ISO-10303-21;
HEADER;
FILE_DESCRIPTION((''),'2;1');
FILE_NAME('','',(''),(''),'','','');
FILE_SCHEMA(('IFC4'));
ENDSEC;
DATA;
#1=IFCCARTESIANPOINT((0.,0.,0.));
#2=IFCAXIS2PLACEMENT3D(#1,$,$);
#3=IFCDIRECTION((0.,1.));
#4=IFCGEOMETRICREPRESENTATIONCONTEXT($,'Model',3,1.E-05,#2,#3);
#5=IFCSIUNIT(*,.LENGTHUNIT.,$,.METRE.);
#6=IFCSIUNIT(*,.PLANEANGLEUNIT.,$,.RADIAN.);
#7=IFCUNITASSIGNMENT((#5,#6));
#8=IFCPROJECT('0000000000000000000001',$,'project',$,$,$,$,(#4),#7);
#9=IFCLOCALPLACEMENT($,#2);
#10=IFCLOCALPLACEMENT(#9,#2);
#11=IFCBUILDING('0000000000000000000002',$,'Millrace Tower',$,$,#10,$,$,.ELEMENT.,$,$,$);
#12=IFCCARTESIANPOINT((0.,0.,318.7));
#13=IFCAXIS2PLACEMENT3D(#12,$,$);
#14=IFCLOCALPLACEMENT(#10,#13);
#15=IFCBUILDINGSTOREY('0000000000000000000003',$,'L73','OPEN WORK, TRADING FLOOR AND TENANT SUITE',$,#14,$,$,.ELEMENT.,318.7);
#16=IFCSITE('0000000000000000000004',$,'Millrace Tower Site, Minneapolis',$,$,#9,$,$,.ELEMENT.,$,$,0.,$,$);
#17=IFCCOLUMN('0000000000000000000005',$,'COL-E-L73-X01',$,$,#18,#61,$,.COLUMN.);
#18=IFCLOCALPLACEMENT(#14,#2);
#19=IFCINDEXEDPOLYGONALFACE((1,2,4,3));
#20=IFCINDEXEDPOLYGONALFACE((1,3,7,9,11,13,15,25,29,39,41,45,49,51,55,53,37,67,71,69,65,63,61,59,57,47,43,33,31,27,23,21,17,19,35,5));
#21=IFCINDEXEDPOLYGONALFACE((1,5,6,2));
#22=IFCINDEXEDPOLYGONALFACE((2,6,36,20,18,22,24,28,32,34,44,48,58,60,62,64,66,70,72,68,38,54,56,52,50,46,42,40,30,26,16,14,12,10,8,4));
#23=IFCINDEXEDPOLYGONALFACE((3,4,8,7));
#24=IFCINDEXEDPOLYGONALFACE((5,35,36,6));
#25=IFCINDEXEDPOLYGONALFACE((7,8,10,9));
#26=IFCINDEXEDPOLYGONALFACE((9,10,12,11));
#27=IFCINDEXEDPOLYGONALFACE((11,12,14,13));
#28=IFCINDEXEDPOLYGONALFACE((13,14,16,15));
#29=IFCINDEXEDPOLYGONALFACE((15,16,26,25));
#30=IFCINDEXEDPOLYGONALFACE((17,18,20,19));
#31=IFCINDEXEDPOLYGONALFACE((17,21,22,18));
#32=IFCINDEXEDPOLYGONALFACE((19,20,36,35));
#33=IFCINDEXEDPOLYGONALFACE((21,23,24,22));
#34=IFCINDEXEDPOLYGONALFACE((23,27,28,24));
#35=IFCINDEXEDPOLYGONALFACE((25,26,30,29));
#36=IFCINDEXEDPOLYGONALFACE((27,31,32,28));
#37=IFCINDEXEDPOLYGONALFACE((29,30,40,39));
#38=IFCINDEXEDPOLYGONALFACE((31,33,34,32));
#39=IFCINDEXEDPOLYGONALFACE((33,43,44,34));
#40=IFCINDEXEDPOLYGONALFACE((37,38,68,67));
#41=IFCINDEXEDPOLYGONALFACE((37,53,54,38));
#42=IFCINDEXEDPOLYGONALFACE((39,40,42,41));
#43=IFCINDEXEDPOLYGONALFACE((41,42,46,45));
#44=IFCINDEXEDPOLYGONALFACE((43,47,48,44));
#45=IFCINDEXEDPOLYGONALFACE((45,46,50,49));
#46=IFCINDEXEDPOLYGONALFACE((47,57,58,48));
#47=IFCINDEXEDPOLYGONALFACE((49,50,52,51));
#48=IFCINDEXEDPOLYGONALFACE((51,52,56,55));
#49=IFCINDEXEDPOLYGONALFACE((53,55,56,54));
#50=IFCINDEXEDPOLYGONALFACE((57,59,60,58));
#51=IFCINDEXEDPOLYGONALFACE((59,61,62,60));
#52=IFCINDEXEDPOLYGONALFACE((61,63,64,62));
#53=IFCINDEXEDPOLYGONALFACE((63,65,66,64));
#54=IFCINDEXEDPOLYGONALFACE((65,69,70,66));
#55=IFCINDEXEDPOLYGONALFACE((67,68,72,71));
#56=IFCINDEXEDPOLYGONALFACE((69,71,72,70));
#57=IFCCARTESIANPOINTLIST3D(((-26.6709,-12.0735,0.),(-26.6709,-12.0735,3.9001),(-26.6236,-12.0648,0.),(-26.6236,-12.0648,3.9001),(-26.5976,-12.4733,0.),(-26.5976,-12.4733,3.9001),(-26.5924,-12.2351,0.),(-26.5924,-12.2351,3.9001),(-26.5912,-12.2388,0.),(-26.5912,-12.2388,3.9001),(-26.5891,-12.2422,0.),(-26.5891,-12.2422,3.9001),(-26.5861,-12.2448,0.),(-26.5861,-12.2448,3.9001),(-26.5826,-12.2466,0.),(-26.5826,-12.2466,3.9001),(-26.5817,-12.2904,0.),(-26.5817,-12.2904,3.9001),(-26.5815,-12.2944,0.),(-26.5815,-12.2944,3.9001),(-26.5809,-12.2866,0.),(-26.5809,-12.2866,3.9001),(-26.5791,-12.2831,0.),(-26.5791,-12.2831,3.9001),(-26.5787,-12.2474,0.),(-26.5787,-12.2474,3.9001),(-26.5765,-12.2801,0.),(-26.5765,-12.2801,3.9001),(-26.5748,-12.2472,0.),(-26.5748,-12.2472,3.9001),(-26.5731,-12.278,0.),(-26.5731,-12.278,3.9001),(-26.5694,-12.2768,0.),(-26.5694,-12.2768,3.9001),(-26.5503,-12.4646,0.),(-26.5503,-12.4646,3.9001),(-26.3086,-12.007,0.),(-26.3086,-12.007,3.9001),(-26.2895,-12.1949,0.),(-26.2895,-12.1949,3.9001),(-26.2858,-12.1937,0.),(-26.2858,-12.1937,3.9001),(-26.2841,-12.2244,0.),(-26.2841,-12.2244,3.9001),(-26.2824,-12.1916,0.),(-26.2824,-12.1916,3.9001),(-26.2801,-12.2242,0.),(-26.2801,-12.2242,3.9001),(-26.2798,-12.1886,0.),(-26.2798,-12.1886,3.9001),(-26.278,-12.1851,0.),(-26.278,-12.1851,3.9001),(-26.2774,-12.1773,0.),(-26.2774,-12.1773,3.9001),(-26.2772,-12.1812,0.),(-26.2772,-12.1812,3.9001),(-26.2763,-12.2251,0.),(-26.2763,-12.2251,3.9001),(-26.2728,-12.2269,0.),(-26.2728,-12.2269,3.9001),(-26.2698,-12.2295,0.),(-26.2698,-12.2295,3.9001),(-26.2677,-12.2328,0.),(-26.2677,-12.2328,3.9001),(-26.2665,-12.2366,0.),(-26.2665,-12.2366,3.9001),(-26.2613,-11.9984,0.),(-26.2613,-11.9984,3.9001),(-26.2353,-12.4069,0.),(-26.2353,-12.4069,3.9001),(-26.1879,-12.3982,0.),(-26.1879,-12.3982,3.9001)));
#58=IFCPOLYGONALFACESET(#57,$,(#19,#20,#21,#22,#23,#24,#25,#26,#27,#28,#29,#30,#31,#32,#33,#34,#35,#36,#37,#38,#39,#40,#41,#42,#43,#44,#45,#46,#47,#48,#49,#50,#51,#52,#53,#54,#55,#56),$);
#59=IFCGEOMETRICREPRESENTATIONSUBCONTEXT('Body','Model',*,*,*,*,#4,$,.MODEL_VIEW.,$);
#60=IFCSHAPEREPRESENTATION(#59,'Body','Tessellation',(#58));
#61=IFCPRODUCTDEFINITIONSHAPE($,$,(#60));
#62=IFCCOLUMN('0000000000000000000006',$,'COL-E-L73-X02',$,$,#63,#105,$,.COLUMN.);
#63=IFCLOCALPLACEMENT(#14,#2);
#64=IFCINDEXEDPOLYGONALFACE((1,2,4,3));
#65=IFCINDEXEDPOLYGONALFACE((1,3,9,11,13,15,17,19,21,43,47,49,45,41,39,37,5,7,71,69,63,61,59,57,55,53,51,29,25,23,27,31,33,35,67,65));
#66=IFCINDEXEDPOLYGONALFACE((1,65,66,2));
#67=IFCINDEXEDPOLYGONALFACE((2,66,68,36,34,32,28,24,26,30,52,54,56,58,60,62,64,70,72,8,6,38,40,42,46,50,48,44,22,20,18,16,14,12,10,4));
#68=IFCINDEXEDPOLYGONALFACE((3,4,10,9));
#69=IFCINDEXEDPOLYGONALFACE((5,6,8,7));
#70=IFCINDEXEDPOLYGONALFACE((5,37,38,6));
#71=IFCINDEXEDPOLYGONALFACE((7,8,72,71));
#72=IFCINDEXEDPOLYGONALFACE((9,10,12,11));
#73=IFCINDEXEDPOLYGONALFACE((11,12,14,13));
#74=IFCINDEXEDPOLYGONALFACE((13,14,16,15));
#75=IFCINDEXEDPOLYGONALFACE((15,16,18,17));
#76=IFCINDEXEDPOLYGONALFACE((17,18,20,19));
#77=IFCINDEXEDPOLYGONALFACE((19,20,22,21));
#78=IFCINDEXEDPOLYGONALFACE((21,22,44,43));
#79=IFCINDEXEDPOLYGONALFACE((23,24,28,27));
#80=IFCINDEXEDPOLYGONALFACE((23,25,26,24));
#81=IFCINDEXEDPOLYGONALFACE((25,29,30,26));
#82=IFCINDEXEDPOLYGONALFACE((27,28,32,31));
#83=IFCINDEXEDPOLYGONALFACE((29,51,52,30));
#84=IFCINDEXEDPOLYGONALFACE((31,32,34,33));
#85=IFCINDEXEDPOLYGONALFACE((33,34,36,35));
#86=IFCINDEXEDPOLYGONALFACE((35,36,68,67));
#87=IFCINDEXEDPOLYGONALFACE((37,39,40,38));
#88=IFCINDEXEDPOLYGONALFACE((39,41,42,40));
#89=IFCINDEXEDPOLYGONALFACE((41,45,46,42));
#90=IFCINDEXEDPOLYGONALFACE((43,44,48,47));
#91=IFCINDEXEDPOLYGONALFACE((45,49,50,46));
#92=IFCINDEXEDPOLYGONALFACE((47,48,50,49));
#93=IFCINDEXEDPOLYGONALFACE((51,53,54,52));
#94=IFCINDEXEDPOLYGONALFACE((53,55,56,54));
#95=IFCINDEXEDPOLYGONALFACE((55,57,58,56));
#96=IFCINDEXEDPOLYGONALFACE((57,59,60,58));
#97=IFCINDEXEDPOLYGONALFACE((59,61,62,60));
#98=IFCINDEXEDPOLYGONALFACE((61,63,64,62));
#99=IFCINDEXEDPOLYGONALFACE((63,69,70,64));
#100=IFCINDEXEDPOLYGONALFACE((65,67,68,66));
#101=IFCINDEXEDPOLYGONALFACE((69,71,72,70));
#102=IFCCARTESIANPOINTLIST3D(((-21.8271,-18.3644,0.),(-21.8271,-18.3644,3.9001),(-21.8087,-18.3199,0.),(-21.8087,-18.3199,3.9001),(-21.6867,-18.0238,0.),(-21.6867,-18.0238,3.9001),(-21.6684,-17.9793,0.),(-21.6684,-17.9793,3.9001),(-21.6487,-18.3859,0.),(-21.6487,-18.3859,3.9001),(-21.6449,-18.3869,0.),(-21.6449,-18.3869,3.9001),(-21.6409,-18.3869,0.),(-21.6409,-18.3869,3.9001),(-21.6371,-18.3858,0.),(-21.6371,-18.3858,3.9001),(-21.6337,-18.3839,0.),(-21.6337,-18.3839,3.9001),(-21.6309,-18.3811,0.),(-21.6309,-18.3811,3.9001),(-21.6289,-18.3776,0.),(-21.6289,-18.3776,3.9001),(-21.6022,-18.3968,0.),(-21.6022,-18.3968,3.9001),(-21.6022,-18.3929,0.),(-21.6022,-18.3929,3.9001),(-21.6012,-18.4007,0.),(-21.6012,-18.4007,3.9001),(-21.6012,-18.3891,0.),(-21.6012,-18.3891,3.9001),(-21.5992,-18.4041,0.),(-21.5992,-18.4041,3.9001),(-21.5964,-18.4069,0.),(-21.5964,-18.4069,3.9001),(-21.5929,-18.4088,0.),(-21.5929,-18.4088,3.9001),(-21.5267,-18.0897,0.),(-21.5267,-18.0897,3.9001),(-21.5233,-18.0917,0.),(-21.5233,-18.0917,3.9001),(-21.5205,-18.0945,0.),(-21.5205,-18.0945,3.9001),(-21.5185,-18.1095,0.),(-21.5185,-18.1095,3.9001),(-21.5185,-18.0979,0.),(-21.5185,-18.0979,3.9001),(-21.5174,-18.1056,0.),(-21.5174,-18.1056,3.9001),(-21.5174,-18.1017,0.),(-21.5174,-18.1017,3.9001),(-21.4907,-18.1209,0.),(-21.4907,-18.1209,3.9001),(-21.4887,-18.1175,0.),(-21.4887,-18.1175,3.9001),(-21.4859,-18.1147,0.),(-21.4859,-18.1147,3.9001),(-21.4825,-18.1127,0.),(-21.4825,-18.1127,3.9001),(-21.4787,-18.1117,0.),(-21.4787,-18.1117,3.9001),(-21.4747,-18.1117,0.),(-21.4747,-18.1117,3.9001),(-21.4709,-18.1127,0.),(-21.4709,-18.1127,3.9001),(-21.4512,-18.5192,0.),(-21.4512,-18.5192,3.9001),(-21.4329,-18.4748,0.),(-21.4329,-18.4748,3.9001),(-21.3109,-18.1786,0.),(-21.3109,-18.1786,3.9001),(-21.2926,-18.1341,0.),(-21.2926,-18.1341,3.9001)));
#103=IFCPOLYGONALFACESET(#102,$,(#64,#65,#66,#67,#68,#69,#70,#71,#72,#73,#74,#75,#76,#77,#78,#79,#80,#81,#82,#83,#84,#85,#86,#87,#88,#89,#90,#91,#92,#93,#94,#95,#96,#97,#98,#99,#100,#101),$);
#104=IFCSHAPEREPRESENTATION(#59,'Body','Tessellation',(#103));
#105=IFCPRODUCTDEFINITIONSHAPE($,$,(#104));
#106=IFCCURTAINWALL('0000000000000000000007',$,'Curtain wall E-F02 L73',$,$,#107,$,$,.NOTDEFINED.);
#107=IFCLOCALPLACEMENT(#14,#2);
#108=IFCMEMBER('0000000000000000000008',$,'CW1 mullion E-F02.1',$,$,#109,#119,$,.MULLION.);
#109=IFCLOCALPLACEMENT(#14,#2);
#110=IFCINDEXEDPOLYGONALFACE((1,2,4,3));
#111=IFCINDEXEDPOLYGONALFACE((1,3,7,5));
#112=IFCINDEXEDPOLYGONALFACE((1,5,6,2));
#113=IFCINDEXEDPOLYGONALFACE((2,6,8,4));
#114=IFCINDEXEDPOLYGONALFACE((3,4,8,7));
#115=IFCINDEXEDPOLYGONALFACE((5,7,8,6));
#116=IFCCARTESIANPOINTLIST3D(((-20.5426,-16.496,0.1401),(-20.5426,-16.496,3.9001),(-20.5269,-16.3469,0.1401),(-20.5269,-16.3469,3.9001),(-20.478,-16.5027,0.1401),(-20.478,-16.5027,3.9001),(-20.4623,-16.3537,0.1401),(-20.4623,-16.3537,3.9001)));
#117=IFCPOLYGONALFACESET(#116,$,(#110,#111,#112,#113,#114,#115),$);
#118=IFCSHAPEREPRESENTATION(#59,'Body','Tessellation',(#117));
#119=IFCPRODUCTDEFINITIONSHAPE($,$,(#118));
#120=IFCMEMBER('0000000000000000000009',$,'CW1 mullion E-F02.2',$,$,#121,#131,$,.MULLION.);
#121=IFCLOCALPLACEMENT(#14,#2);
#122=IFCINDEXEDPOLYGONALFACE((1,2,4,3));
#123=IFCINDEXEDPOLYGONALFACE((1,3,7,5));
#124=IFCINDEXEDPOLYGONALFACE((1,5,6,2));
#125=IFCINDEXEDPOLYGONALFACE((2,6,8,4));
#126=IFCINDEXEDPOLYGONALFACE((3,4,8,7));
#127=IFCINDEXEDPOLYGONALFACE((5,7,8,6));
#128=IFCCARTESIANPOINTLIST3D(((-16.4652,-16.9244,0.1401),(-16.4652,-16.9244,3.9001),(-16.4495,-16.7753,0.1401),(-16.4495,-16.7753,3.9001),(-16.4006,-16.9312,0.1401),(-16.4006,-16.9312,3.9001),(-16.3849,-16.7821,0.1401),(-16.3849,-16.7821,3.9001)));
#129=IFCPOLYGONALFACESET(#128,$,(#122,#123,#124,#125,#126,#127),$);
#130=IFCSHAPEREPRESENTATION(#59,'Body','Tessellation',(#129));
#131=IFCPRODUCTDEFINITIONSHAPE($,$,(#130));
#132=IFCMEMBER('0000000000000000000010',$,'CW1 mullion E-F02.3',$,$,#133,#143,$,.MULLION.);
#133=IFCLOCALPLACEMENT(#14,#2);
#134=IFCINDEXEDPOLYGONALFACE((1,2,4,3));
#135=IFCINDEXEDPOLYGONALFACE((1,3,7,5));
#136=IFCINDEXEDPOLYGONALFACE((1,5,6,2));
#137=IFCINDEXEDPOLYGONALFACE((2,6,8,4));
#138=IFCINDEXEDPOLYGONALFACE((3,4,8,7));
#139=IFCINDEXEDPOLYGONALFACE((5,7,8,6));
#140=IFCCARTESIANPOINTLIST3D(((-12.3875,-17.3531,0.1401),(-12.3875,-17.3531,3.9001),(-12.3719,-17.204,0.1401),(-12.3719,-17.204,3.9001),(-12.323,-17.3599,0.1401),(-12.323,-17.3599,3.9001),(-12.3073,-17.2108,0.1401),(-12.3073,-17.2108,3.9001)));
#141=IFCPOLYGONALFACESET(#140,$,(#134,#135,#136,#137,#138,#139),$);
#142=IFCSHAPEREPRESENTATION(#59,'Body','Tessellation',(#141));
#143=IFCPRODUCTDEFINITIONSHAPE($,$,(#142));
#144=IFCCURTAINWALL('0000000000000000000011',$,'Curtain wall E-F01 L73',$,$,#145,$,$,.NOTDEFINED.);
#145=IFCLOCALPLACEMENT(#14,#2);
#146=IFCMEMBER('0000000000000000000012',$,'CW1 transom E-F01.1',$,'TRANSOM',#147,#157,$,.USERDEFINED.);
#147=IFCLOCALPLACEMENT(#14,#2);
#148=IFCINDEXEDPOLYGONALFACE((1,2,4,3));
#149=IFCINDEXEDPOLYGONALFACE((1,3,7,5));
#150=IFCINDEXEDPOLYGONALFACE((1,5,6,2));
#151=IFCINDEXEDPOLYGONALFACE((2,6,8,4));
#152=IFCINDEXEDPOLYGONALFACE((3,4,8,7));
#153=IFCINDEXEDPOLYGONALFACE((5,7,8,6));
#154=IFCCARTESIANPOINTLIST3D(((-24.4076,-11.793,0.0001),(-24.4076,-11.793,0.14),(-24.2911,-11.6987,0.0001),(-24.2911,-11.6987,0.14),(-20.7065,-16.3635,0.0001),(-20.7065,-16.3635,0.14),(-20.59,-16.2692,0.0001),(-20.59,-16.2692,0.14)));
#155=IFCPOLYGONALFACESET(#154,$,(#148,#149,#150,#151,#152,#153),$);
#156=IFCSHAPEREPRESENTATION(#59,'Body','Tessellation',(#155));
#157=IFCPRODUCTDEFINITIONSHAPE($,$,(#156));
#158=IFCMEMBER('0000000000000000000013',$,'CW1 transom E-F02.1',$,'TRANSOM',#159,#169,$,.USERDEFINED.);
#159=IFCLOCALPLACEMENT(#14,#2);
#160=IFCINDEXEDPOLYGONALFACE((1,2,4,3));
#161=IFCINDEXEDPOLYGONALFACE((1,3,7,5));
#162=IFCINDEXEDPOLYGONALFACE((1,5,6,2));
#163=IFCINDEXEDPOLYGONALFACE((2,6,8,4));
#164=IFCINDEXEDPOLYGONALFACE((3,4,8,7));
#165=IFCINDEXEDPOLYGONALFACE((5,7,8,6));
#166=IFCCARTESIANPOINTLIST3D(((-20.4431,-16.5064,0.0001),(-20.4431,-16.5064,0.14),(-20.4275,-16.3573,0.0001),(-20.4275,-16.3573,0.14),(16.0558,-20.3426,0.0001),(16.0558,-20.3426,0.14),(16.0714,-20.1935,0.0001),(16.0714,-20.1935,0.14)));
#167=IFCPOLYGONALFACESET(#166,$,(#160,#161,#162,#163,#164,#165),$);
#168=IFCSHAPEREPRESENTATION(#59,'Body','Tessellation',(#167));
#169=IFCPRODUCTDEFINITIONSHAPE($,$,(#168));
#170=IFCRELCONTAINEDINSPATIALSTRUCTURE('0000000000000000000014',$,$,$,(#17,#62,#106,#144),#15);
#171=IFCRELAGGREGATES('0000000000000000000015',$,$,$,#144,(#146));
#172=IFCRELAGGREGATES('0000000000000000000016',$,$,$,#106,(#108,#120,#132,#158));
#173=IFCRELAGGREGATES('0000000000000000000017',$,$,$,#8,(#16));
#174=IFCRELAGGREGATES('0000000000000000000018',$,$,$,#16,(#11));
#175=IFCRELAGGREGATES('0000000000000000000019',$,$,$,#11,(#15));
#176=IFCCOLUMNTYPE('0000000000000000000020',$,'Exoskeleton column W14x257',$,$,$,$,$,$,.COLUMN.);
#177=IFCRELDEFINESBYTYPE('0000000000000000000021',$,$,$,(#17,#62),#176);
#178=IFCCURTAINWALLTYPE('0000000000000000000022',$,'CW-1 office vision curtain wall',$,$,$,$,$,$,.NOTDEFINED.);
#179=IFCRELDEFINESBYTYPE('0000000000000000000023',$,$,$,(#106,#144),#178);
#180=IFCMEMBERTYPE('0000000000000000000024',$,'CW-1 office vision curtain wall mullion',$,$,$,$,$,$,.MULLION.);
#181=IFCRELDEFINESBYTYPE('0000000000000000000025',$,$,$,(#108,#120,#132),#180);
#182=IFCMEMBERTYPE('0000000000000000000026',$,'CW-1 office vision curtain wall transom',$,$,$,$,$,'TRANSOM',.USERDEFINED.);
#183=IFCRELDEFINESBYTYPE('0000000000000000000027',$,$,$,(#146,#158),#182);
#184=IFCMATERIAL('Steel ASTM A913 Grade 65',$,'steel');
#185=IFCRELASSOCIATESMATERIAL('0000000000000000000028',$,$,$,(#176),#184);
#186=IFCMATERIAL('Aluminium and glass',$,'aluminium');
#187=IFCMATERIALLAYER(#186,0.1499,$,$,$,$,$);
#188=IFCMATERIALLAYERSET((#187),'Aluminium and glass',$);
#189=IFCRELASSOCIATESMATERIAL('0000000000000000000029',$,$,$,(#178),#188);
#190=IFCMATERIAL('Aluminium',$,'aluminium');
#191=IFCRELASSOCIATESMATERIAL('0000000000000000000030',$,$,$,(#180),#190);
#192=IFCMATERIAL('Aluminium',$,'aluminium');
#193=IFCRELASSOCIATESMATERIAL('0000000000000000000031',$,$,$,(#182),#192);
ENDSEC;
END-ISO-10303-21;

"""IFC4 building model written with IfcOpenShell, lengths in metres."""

from ifc_helpers import new_model, si_unit, direction, frame, origin, origin_2d, place, context, subcontext, project, spatial, rectangle, i_section, extrude, material, layer, layer_set, material_profile, profile_set, type_object, element, aggregate, save


model = new_model("IFC4")

# Units and contexts
model_context = context("Model", 3, precision=1e-05, world=origin(), true_north=direction((0.0, 1.0)))
body_context = subcontext(model_context, "Body", "Model", "MODEL_VIEW")
ifc_project = project(units=[si_unit("LENGTHUNIT", "METRE"), si_unit("PLANEANGLEUNIT", "RADIAN")], contexts=[model_context])

# Site, building, storey
site_placement = place(None, origin())
site = spatial("IfcSite", under=ifc_project, at=site_placement, Name="Millrace Tower Site, Minneapolis", CompositionType="ELEMENT", RefElevation=0.0)
building_placement = place(site_placement, origin())
building = spatial("IfcBuilding", under=site, at=building_placement, Name="Millrace Tower", CompositionType="ELEMENT")
storey_placement = place(building_placement, frame((0.0, 0.0, 318.7)))
storey = spatial("IfcBuildingStorey", under=building, at=storey_placement, Name="L73", Description="OPEN WORK, TRADING FLOOR AND TENANT SUITE", CompositionType="ELEMENT", Elevation=318.7)

# Columns
ifc_material_1 = material(Name="Steel ASTM A913 Grade 65", Category="steel")
ifc_material_profile_1 = material_profile(ifc_material_1, i_section(OverallWidth=0.4065, OverallDepth=0.4165, WebThickness=0.03, FlangeThickness=0.0481, FilletRadius=0.0151, at=origin_2d()))
ifc_profile_set_1 = profile_set([ifc_material_profile_1], Name="Steel ASTM A913 Grade 65")
column_type = type_object("IfcColumnType", Name="Exoskeleton column W14x257", PredefinedType="COLUMN", material=ifc_profile_set_1)
for number, where, z_axis, x_axis, name in (
    (1, (-26.4294, -12.2358, 0.0), (0.0, 0.0, 1.0), (0.180387, -0.983596, 0.0), "COL-E-L73-X01"),
    (2, (-21.5598, -18.2493, 0.0), (0.0, 0.0, 1.0), (0.924597, -0.380947, 0.0), "COL-E-L73-X02"),
):
    element("IfcColumn", number, at=place(storey_placement, frame(where, z_axis=z_axis, x_axis=x_axis)), inside=storey, type_object=column_type, Name=name, PredefinedType="COLUMN", context=body_context, shape_type="SweptSolid", body=[
        extrude(i_section(OverallWidth=0.4065, OverallDepth=0.4165, WebThickness=0.03, FlangeThickness=0.0481, FilletRadius=0.0151, at=origin_2d()), origin(), (0.0, 0.0, 1.0), 3.9001),
    ])

# Curtain wall, members
ifc_material_2 = material(Name="Aluminium and glass", Category="aluminium")
ifc_layer_1 = layer(ifc_material_2, 0.1499)
ifc_layer_set_1 = layer_set([ifc_layer_1], Name="Aluminium and glass")
curtain_wall_type = type_object("IfcCurtainWallType", Name="CW-1 office vision curtain wall", PredefinedType="NOTDEFINED", material=ifc_layer_set_1)
placement = place(storey_placement, origin())
curtain_wall_1 = element("IfcCurtainWall", 3, at=placement, inside=storey, type_object=curtain_wall_type, Name="Curtain wall E-F02 L73", PredefinedType="NOTDEFINED")
ifc_material_3 = material(Name="Aluminium", Category="aluminium")
ifc_material_profile_2 = material_profile(ifc_material_3, rectangle(XDim=0.0649, YDim=0.1499, at=origin_2d()))
ifc_profile_set_2 = profile_set([ifc_material_profile_2], Name="Aluminium")
member_type_1 = type_object("IfcMemberType", Name="CW-1 office vision curtain wall mullion", PredefinedType="MULLION", material=ifc_profile_set_2)
member_1_placement = place(storey_placement, frame((-20.5024, -16.4248, 0.1401), z_axis=(0.0, 0.0, 1.0), x_axis=(0.994522, -0.104528, 0.0)))
member_1 = element("IfcMember", 4, at=member_1_placement, type_object=member_type_1, Name="CW1 mullion E-F02.1", PredefinedType="MULLION", context=body_context, shape_type="SweptSolid", body=[
    extrude(rectangle(XDim=0.0649, YDim=0.1499, at=origin_2d()), origin(), (0.0, 0.0, 1.0), 3.76),
])
member_2_placement = place(storey_placement, frame((-16.425, -16.8533, 0.1401), z_axis=(0.0, 0.0, 1.0), x_axis=(0.994522, -0.104528, 0.0)))
member_2 = element("IfcMember", 5, at=member_2_placement, type_object=member_type_1, Name="CW1 mullion E-F02.2", PredefinedType="MULLION", context=body_context, shape_type="SweptSolid", body=[
    extrude(rectangle(XDim=0.0649, YDim=0.1499, at=origin_2d()), origin(), (0.0, 0.0, 1.0), 3.76),
])
member_3_placement = place(storey_placement, frame((-12.3474, -17.282, 0.1401), z_axis=(0.0, 0.0, 1.0), x_axis=(0.994522, -0.104528, 0.0)))
member_3 = element("IfcMember", 6, at=member_3_placement, type_object=member_type_1, Name="CW1 mullion E-F02.3", PredefinedType="MULLION", context=body_context, shape_type="SweptSolid", body=[
    extrude(rectangle(XDim=0.0649, YDim=0.1499, at=origin_2d()), origin(), (0.0, 0.0, 1.0), 3.76),
])

# Curtain wall, member
curtain_wall_2 = element("IfcCurtainWall", 7, at=placement, inside=storey, type_object=curtain_wall_type, Name="Curtain wall E-F01 L73", PredefinedType="NOTDEFINED")
ifc_material_4 = material(Name="Aluminium", Category="aluminium")
ifc_material_profile_3 = material_profile(ifc_material_4, rectangle(XDim=0.1499, YDim=0.1399, at=origin_2d()))
ifc_profile_set_3 = profile_set([ifc_material_profile_3], Name="Aluminium")
member_type_2 = type_object("IfcMemberType", Name="CW-1 office vision curtain wall transom", ElementType="TRANSOM", PredefinedType="USERDEFINED", material=ifc_profile_set_3)
member_4_placement = place(storey_placement, frame((-24.3494, -11.7458, 0.0701), z_axis=(0.629321, -0.777145, 0.0), x_axis=(0.777145, 0.629321, 0.0)))
member_4 = element("IfcMember", 8, at=member_4_placement, type_object=member_type_2, Name="CW1 transom E-F01.1", ObjectType="TRANSOM", PredefinedType="USERDEFINED", context=body_context, shape_type="SweptSolid", body=[
    extrude(rectangle(XDim=0.1499, YDim=0.1399, at=origin_2d()), origin(), (0.0, 0.0, 1.0), 5.8811),
])
aggregate(curtain_wall_2, [member_4])

# Member
member_5_placement = place(storey_placement, frame((-20.4353, -16.4319, 0.0701), z_axis=(0.994522, -0.104528, 0.0), x_axis=(0.104528, 0.994522, 0.0)))
member_5 = element("IfcMember", 9, at=member_5_placement, type_object=member_type_2, Name="CW1 transom E-F02.1", ObjectType="TRANSOM", PredefinedType="USERDEFINED", context=body_context, shape_type="SweptSolid", body=[
    extrude(rectangle(XDim=0.1499, YDim=0.1399, at=origin_2d()), origin(), (0.0, 0.0, 1.0), 36.7),
])
aggregate(curtain_wall_1, [member_1, member_2, member_3, member_5])

save(model, "model.ifc")
